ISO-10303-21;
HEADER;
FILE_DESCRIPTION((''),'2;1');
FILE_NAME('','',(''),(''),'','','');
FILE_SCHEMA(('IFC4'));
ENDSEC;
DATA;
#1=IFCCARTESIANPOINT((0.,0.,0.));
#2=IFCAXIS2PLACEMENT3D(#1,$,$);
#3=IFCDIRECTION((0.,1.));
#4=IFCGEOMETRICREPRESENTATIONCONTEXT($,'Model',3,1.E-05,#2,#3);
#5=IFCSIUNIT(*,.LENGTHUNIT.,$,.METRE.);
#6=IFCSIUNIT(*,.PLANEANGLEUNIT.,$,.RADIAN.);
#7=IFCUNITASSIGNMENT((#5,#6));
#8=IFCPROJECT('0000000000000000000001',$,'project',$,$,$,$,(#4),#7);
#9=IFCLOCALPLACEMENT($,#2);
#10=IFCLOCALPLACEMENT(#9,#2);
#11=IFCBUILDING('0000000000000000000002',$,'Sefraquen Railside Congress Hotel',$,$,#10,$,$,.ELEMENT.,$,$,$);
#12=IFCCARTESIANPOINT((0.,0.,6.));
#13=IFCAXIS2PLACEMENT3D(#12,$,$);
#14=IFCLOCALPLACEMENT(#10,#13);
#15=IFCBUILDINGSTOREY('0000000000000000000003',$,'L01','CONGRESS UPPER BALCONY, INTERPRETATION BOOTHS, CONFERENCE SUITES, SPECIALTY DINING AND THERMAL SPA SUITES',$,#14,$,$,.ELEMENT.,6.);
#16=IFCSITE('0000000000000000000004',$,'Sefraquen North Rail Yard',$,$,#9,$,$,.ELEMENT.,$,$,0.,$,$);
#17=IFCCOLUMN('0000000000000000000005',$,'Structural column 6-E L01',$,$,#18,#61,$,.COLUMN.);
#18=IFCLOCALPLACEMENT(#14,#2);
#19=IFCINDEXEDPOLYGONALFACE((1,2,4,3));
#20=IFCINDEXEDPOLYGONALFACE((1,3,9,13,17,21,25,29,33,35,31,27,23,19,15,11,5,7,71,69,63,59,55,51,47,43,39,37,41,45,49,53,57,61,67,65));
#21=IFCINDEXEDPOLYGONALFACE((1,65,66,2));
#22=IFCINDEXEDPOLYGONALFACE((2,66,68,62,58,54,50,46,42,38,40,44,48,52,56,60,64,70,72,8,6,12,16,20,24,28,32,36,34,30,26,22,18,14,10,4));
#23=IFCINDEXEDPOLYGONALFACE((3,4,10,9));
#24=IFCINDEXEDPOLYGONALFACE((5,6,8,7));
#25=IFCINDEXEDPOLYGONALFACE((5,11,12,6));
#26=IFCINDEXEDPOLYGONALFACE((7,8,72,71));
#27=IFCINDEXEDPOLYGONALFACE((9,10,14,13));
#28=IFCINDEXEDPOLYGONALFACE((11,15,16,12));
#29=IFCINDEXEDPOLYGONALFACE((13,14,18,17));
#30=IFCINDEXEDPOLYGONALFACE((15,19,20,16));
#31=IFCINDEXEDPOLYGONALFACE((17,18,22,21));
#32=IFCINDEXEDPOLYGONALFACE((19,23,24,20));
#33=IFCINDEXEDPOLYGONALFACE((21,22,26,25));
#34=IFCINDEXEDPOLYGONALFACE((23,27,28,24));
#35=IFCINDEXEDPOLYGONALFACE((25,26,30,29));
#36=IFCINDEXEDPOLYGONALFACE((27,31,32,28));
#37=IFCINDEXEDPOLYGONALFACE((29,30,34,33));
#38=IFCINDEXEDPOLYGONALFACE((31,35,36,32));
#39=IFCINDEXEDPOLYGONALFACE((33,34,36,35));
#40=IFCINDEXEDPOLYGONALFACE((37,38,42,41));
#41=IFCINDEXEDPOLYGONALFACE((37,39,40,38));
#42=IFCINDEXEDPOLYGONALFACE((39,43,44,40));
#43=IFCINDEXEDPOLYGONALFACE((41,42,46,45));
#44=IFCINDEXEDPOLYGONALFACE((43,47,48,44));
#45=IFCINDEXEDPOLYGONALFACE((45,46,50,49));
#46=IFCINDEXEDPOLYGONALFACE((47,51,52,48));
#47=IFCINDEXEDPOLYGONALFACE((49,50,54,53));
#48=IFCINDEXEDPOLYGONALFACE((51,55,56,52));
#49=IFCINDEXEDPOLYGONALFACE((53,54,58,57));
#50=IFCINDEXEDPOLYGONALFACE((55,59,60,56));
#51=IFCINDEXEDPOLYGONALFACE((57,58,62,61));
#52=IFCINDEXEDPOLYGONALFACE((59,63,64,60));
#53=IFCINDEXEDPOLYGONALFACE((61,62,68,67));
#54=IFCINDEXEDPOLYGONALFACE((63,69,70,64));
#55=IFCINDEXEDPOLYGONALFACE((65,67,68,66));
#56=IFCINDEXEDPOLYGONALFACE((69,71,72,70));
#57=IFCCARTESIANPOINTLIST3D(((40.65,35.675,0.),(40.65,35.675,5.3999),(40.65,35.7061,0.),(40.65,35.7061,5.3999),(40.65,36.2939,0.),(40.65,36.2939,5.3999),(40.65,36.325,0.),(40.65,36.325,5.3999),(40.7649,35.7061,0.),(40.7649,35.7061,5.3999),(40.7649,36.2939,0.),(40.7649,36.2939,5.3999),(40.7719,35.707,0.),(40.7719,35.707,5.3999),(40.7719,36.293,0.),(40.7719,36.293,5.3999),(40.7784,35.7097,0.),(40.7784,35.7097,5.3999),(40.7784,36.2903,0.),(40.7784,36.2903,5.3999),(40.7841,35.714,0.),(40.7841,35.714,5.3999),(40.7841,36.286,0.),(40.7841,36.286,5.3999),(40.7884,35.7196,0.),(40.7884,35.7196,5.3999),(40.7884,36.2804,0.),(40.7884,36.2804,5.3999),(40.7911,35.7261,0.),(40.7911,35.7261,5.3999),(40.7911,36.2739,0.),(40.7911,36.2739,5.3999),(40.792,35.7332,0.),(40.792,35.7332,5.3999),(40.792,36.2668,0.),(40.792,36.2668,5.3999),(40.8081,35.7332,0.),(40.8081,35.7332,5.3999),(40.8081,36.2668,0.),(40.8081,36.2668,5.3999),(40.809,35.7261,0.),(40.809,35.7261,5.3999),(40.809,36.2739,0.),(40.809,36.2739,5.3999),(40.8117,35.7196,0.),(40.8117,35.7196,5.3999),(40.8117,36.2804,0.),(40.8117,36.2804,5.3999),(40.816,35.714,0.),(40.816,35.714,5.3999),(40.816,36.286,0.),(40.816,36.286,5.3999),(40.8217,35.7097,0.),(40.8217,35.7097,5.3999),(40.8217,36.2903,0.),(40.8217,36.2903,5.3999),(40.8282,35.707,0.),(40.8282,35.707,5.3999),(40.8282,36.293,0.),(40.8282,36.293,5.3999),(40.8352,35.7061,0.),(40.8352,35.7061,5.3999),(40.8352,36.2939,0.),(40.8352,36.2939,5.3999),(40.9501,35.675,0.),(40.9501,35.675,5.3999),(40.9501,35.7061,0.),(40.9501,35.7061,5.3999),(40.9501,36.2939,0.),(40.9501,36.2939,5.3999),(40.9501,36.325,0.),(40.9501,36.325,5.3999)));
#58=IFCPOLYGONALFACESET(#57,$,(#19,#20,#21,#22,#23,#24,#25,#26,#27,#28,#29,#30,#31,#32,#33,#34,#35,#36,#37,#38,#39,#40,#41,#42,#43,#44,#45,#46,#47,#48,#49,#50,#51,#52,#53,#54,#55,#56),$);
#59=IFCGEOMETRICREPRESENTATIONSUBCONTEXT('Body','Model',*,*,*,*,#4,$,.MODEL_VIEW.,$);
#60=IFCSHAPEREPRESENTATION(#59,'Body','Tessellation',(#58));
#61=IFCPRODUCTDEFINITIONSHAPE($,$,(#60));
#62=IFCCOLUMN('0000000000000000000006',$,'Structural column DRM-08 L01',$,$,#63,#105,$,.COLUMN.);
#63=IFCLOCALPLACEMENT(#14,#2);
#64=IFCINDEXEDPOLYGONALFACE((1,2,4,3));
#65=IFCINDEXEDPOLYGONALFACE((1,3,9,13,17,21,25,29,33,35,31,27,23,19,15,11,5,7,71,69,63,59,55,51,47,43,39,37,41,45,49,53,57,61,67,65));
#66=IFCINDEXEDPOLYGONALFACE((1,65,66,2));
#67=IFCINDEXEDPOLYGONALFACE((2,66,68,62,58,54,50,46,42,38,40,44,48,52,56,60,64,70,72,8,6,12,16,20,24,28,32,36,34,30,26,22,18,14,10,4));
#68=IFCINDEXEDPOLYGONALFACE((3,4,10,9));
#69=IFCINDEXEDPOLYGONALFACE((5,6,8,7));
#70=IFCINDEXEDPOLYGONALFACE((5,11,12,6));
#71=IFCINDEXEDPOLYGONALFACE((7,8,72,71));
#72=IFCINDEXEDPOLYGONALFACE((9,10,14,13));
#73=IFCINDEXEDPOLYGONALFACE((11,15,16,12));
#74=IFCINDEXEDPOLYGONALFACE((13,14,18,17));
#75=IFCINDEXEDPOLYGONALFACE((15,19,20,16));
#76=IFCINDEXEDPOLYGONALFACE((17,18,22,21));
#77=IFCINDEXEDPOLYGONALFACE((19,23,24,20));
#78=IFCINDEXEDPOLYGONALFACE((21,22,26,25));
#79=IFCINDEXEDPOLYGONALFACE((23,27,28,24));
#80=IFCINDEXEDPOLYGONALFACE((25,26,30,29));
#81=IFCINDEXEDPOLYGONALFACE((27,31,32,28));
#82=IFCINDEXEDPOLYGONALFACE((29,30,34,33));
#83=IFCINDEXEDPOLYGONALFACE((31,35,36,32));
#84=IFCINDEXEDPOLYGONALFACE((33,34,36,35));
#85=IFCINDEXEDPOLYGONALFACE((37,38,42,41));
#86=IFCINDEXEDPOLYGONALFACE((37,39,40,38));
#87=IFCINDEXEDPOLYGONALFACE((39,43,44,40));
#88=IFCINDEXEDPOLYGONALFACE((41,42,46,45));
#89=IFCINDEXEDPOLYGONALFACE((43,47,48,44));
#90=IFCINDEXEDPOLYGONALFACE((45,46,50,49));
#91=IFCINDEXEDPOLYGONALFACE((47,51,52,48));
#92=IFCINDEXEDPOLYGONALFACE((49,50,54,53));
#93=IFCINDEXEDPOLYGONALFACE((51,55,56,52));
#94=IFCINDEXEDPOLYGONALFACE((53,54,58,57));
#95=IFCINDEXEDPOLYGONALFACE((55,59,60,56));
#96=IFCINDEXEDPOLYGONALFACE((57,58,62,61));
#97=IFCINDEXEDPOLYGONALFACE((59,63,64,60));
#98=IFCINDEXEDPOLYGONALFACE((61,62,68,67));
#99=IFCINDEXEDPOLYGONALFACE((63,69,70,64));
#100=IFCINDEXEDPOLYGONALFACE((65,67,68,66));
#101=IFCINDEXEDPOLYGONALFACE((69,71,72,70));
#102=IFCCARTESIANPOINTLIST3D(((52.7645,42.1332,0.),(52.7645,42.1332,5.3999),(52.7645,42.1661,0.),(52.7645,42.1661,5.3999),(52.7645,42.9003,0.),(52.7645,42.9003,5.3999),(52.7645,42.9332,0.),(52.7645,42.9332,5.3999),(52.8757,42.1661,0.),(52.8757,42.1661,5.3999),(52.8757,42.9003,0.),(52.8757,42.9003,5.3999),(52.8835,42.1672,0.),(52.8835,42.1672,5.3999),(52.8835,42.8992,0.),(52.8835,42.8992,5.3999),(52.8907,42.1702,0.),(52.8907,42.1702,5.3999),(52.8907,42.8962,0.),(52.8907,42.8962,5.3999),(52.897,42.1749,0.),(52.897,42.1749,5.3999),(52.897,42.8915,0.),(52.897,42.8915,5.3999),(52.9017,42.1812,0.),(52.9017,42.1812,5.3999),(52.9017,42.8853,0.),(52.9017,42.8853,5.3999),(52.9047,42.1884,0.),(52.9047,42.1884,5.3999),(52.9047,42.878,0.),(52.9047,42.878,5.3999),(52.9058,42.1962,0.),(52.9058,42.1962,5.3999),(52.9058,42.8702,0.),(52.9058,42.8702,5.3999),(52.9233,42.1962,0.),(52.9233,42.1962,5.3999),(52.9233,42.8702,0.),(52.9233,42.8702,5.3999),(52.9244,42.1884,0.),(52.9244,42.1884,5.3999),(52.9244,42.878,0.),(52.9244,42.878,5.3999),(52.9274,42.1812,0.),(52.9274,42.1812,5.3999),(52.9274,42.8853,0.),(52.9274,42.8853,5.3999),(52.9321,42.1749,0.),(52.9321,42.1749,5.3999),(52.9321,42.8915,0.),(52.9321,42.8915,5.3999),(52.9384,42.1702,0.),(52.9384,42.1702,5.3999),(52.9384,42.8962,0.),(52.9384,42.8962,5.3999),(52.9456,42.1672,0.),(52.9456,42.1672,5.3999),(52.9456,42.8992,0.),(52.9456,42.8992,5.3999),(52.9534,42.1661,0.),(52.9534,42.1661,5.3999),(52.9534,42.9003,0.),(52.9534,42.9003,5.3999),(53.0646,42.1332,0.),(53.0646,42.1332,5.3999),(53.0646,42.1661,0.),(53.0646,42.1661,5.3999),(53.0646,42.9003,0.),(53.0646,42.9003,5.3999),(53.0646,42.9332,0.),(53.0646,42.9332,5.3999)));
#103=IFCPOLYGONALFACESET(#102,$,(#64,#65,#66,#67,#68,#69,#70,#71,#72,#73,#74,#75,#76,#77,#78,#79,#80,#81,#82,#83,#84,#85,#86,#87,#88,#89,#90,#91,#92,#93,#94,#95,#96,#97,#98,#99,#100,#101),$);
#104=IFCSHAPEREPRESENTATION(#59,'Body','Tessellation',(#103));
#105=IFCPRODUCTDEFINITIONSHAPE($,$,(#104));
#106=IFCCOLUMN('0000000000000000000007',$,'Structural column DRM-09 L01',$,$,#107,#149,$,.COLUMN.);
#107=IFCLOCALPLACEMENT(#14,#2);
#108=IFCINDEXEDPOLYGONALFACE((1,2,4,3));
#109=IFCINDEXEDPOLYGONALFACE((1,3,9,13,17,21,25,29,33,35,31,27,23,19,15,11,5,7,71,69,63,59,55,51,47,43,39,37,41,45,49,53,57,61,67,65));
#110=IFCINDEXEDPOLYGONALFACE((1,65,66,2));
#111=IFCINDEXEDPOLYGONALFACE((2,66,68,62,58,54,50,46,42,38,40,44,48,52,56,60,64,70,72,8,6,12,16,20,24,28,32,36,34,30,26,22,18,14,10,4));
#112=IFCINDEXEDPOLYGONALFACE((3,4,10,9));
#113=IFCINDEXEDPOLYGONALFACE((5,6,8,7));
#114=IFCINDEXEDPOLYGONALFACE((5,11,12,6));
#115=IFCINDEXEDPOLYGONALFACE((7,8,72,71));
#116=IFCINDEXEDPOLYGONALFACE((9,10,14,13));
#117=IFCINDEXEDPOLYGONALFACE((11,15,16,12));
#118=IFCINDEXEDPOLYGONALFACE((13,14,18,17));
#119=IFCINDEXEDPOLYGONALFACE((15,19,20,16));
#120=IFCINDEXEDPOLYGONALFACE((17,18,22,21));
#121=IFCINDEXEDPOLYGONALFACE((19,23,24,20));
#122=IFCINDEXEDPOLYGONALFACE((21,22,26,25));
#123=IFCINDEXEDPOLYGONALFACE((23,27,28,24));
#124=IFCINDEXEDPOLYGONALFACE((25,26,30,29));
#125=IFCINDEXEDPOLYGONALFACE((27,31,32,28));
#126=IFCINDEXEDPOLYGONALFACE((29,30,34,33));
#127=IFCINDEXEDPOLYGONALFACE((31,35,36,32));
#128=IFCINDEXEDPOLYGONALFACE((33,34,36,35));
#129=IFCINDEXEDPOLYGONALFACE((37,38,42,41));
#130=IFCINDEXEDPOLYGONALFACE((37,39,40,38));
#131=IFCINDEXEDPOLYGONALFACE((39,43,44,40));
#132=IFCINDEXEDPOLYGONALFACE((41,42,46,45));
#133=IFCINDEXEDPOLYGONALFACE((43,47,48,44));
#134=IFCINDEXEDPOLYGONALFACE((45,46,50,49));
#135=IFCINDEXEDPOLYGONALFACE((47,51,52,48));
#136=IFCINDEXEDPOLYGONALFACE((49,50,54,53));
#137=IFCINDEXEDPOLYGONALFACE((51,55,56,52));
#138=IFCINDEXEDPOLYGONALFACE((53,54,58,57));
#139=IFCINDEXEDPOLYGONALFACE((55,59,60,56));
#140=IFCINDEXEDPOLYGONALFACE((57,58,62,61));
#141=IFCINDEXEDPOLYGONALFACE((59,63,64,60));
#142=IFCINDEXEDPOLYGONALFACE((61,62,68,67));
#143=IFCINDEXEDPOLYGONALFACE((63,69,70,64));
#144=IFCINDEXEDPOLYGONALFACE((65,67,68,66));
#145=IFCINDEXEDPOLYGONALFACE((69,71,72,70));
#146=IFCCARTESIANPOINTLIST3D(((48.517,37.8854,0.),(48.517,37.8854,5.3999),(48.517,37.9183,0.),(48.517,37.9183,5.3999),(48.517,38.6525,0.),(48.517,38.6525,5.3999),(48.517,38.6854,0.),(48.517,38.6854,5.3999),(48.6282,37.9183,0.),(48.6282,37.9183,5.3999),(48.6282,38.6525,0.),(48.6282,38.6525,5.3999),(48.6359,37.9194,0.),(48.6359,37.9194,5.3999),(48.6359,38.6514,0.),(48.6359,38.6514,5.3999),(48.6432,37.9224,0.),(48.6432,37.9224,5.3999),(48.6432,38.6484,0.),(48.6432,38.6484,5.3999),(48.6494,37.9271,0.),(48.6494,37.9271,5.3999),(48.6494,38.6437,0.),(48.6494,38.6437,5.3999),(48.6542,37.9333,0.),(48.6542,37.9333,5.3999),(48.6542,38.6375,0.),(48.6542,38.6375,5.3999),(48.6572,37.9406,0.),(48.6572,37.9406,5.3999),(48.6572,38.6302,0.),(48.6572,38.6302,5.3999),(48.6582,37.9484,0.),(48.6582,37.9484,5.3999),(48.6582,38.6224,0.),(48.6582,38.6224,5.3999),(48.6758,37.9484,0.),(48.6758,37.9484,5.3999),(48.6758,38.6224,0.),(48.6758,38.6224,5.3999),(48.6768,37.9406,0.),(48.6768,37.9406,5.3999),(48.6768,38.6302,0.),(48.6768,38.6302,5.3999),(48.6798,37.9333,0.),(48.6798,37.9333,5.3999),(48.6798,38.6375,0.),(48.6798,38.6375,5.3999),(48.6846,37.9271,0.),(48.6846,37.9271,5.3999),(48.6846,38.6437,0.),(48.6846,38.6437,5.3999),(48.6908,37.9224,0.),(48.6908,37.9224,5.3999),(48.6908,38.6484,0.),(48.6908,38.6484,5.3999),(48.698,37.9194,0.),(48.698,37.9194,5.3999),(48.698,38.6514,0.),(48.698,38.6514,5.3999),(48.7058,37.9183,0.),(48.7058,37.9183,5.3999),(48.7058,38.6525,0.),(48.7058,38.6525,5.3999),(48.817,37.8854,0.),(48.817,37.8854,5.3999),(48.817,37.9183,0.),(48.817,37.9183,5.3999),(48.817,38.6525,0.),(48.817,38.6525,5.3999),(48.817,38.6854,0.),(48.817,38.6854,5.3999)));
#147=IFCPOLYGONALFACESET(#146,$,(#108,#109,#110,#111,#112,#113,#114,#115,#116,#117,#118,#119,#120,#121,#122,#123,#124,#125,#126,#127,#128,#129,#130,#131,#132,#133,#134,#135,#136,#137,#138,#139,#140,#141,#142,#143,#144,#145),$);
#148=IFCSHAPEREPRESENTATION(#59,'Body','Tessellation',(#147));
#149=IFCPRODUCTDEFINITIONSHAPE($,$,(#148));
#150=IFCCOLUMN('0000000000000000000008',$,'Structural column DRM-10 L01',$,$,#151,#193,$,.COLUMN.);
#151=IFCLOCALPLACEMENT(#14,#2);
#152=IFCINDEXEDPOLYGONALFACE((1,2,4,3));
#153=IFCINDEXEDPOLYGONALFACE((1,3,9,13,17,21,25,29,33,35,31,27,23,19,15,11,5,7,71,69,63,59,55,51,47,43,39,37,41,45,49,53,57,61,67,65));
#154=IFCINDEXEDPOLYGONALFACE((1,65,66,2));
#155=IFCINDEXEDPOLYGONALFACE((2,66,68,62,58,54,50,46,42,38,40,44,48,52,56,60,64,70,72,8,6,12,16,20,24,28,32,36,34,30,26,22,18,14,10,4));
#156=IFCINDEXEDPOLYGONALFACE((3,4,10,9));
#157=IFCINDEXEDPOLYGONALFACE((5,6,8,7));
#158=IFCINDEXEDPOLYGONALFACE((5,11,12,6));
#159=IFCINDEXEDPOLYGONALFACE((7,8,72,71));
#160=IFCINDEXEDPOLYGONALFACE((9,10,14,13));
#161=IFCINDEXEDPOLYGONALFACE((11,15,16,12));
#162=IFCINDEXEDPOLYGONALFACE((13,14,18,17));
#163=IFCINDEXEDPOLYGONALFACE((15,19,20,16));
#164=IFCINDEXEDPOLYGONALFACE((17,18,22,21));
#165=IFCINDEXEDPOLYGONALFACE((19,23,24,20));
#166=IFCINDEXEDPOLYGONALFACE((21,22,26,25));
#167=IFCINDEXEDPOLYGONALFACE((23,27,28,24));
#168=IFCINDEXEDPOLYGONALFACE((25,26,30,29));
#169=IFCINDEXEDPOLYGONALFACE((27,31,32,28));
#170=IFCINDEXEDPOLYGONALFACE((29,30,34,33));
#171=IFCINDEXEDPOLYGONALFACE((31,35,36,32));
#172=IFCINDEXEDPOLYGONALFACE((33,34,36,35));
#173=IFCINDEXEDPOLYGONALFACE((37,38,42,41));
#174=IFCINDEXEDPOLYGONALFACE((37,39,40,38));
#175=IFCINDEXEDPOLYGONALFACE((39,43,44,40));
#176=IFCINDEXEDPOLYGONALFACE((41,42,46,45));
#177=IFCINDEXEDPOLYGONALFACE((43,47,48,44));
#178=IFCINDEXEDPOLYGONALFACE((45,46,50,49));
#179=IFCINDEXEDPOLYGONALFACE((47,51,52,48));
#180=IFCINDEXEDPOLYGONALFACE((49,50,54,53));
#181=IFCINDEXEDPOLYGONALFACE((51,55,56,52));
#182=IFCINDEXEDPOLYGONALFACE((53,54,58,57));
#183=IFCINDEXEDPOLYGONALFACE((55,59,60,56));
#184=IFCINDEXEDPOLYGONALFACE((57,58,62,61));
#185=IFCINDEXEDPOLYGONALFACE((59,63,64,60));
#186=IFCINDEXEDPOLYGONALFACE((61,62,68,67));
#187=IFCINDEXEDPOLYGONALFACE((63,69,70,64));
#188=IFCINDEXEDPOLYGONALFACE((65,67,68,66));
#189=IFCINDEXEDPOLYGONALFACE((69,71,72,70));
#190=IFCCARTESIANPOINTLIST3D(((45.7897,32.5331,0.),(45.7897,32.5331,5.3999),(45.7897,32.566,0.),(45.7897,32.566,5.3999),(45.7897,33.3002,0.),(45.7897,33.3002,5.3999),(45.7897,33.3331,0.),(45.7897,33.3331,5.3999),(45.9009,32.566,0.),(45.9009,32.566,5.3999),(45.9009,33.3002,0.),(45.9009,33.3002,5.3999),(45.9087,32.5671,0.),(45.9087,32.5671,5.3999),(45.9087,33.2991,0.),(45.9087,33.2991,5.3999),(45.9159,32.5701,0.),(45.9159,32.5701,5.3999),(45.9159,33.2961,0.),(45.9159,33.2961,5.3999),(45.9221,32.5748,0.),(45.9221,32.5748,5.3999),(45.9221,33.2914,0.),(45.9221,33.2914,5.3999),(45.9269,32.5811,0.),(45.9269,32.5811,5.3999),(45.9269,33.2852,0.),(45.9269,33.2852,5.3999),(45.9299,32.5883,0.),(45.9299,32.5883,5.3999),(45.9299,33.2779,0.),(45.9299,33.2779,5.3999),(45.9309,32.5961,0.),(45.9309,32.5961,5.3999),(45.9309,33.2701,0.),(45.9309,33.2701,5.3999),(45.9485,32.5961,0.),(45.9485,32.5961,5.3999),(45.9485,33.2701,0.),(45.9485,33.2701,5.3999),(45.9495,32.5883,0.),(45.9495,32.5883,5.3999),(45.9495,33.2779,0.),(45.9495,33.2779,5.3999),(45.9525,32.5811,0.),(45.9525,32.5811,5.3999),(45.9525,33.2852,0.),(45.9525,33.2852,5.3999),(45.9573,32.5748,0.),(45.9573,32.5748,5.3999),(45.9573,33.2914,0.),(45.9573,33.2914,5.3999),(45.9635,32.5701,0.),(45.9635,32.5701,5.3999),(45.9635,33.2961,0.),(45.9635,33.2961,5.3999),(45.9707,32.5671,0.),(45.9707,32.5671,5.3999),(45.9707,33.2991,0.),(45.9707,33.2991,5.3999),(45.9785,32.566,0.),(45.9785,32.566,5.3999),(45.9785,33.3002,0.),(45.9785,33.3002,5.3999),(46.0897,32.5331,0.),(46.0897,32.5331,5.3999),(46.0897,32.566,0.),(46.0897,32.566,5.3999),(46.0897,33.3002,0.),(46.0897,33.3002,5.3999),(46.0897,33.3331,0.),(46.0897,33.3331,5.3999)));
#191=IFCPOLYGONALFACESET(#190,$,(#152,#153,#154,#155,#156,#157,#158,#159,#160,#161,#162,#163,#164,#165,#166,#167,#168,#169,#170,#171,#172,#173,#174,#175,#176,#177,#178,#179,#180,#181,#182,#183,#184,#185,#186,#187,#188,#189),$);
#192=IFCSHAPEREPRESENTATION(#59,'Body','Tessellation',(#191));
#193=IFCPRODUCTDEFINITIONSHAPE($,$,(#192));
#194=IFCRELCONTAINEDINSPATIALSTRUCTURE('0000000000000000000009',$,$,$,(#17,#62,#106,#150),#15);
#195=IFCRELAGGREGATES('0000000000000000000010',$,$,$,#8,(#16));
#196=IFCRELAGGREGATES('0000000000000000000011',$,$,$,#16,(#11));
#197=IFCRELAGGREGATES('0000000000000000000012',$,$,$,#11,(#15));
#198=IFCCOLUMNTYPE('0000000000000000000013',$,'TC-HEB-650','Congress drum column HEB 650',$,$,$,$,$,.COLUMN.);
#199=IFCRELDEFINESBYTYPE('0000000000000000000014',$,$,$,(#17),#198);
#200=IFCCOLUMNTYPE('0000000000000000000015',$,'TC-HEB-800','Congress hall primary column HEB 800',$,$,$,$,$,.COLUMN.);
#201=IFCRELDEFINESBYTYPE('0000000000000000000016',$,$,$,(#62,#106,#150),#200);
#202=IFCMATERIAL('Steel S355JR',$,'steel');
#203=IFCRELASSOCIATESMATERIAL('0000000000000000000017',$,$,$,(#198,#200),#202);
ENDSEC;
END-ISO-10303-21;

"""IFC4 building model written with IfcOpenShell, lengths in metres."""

from ifc_helpers import new_model, si_unit, direction, frame, origin, origin_2d, place, context, subcontext, project, spatial, i_section, extrude, material, material_profile, profile_set, type_object, element, save


model = new_model("IFC4")

# Units and contexts
model_context = context("Model", 3, precision=1e-05, world=origin(), true_north=direction((0.0, 1.0)))
body_context = subcontext(model_context, "Body", "Model", "MODEL_VIEW")
ifc_project = project(units=[si_unit("LENGTHUNIT", "METRE"), si_unit("PLANEANGLEUNIT", "RADIAN")], contexts=[model_context])

# Site, building, storey
site_placement = place(None, origin())
site = spatial("IfcSite", under=ifc_project, at=site_placement, Name="Sefraquen North Rail Yard", CompositionType="ELEMENT", RefElevation=0.0)
building_placement = place(site_placement, origin())
building = spatial("IfcBuilding", under=site, at=building_placement, Name="Sefraquen Railside Congress Hotel", CompositionType="ELEMENT")
storey_placement = place(building_placement, frame((0.0, 0.0, 6.0)))
storey = spatial("IfcBuildingStorey", under=building, at=storey_placement, Name="L01", Description="CONGRESS UPPER BALCONY, INTERPRETATION BOOTHS, CONFERENCE SUITES, SPECIALTY DINING AND THERMAL SPA SUITES", CompositionType="ELEMENT", Elevation=6.0)

# Columns
ifc_material_1 = material(Name="Steel S355JR", Category="steel")
ifc_material_profile_1 = material_profile(ifc_material_1, i_section(OverallWidth=0.3, OverallDepth=0.6499, WebThickness=0.0161, FlangeThickness=0.031, FilletRadius=0.0271, at=origin_2d()), Name="HEB 650")
ifc_profile_set_1 = profile_set([ifc_material_profile_1], Name="Steel S355JR")
column_type_1 = type_object("IfcColumnType", Name="TC-HEB-650", Description="Congress drum column HEB 650", PredefinedType="COLUMN", material=ifc_profile_set_1)
column_placement = place(storey_placement, frame((40.8, 36.0, 0.0), z_axis=(0.0, 0.0, 1.0), x_axis=(1.0, 0.0, 0.0)))
element("IfcColumn", 1, at=column_placement, inside=storey, type_object=column_type_1, Name="Structural column 6-E L01", PredefinedType="COLUMN", context=body_context, shape_type="SweptSolid", body=[
    extrude(i_section(OverallWidth=0.3, OverallDepth=0.6499, WebThickness=0.0161, FlangeThickness=0.031, FilletRadius=0.0271, at=origin_2d()), origin(), (0.0, 0.0, 1.0), 5.3999),
])
ifc_material_profile_2 = material_profile(ifc_material_1, i_section(OverallWidth=0.3, OverallDepth=0.8, WebThickness=0.0176, FlangeThickness=0.033, FilletRadius=0.03, at=origin_2d()), Name="HEB 800")
ifc_profile_set_2 = profile_set([ifc_material_profile_2], Name="Steel S355JR")
column_type_2 = type_object("IfcColumnType", Name="TC-HEB-800", Description="Congress hall primary column HEB 800", PredefinedType="COLUMN", material=ifc_profile_set_2)
for number, where, z_axis, x_axis, name in (
    (2, (52.9146, 42.5332, 0.0), (0.0, 0.0, 1.0), (1.0, 0.0, 0.0), "Structural column DRM-08 L01"),
    (3, (48.667, 38.2854, 0.0), (0.0, 0.0, 1.0), (1.0, 0.0, 0.0), "Structural column DRM-09 L01"),
    (4, (45.9397, 32.9331, 0.0), (0.0, 0.0, 1.0), (1.0, 0.0, 0.0), "Structural column DRM-10 L01"),
):
    element("IfcColumn", number, at=place(storey_placement, frame(where, z_axis=z_axis, x_axis=x_axis)), inside=storey, type_object=column_type_2, Name=name, PredefinedType="COLUMN", context=body_context, shape_type="SweptSolid", body=[
        extrude(i_section(OverallWidth=0.3, OverallDepth=0.8, WebThickness=0.0176, FlangeThickness=0.033, FilletRadius=0.03, at=origin_2d()), origin(), (0.0, 0.0, 1.0), 5.3999),
    ])

save(model, "model.ifc")
